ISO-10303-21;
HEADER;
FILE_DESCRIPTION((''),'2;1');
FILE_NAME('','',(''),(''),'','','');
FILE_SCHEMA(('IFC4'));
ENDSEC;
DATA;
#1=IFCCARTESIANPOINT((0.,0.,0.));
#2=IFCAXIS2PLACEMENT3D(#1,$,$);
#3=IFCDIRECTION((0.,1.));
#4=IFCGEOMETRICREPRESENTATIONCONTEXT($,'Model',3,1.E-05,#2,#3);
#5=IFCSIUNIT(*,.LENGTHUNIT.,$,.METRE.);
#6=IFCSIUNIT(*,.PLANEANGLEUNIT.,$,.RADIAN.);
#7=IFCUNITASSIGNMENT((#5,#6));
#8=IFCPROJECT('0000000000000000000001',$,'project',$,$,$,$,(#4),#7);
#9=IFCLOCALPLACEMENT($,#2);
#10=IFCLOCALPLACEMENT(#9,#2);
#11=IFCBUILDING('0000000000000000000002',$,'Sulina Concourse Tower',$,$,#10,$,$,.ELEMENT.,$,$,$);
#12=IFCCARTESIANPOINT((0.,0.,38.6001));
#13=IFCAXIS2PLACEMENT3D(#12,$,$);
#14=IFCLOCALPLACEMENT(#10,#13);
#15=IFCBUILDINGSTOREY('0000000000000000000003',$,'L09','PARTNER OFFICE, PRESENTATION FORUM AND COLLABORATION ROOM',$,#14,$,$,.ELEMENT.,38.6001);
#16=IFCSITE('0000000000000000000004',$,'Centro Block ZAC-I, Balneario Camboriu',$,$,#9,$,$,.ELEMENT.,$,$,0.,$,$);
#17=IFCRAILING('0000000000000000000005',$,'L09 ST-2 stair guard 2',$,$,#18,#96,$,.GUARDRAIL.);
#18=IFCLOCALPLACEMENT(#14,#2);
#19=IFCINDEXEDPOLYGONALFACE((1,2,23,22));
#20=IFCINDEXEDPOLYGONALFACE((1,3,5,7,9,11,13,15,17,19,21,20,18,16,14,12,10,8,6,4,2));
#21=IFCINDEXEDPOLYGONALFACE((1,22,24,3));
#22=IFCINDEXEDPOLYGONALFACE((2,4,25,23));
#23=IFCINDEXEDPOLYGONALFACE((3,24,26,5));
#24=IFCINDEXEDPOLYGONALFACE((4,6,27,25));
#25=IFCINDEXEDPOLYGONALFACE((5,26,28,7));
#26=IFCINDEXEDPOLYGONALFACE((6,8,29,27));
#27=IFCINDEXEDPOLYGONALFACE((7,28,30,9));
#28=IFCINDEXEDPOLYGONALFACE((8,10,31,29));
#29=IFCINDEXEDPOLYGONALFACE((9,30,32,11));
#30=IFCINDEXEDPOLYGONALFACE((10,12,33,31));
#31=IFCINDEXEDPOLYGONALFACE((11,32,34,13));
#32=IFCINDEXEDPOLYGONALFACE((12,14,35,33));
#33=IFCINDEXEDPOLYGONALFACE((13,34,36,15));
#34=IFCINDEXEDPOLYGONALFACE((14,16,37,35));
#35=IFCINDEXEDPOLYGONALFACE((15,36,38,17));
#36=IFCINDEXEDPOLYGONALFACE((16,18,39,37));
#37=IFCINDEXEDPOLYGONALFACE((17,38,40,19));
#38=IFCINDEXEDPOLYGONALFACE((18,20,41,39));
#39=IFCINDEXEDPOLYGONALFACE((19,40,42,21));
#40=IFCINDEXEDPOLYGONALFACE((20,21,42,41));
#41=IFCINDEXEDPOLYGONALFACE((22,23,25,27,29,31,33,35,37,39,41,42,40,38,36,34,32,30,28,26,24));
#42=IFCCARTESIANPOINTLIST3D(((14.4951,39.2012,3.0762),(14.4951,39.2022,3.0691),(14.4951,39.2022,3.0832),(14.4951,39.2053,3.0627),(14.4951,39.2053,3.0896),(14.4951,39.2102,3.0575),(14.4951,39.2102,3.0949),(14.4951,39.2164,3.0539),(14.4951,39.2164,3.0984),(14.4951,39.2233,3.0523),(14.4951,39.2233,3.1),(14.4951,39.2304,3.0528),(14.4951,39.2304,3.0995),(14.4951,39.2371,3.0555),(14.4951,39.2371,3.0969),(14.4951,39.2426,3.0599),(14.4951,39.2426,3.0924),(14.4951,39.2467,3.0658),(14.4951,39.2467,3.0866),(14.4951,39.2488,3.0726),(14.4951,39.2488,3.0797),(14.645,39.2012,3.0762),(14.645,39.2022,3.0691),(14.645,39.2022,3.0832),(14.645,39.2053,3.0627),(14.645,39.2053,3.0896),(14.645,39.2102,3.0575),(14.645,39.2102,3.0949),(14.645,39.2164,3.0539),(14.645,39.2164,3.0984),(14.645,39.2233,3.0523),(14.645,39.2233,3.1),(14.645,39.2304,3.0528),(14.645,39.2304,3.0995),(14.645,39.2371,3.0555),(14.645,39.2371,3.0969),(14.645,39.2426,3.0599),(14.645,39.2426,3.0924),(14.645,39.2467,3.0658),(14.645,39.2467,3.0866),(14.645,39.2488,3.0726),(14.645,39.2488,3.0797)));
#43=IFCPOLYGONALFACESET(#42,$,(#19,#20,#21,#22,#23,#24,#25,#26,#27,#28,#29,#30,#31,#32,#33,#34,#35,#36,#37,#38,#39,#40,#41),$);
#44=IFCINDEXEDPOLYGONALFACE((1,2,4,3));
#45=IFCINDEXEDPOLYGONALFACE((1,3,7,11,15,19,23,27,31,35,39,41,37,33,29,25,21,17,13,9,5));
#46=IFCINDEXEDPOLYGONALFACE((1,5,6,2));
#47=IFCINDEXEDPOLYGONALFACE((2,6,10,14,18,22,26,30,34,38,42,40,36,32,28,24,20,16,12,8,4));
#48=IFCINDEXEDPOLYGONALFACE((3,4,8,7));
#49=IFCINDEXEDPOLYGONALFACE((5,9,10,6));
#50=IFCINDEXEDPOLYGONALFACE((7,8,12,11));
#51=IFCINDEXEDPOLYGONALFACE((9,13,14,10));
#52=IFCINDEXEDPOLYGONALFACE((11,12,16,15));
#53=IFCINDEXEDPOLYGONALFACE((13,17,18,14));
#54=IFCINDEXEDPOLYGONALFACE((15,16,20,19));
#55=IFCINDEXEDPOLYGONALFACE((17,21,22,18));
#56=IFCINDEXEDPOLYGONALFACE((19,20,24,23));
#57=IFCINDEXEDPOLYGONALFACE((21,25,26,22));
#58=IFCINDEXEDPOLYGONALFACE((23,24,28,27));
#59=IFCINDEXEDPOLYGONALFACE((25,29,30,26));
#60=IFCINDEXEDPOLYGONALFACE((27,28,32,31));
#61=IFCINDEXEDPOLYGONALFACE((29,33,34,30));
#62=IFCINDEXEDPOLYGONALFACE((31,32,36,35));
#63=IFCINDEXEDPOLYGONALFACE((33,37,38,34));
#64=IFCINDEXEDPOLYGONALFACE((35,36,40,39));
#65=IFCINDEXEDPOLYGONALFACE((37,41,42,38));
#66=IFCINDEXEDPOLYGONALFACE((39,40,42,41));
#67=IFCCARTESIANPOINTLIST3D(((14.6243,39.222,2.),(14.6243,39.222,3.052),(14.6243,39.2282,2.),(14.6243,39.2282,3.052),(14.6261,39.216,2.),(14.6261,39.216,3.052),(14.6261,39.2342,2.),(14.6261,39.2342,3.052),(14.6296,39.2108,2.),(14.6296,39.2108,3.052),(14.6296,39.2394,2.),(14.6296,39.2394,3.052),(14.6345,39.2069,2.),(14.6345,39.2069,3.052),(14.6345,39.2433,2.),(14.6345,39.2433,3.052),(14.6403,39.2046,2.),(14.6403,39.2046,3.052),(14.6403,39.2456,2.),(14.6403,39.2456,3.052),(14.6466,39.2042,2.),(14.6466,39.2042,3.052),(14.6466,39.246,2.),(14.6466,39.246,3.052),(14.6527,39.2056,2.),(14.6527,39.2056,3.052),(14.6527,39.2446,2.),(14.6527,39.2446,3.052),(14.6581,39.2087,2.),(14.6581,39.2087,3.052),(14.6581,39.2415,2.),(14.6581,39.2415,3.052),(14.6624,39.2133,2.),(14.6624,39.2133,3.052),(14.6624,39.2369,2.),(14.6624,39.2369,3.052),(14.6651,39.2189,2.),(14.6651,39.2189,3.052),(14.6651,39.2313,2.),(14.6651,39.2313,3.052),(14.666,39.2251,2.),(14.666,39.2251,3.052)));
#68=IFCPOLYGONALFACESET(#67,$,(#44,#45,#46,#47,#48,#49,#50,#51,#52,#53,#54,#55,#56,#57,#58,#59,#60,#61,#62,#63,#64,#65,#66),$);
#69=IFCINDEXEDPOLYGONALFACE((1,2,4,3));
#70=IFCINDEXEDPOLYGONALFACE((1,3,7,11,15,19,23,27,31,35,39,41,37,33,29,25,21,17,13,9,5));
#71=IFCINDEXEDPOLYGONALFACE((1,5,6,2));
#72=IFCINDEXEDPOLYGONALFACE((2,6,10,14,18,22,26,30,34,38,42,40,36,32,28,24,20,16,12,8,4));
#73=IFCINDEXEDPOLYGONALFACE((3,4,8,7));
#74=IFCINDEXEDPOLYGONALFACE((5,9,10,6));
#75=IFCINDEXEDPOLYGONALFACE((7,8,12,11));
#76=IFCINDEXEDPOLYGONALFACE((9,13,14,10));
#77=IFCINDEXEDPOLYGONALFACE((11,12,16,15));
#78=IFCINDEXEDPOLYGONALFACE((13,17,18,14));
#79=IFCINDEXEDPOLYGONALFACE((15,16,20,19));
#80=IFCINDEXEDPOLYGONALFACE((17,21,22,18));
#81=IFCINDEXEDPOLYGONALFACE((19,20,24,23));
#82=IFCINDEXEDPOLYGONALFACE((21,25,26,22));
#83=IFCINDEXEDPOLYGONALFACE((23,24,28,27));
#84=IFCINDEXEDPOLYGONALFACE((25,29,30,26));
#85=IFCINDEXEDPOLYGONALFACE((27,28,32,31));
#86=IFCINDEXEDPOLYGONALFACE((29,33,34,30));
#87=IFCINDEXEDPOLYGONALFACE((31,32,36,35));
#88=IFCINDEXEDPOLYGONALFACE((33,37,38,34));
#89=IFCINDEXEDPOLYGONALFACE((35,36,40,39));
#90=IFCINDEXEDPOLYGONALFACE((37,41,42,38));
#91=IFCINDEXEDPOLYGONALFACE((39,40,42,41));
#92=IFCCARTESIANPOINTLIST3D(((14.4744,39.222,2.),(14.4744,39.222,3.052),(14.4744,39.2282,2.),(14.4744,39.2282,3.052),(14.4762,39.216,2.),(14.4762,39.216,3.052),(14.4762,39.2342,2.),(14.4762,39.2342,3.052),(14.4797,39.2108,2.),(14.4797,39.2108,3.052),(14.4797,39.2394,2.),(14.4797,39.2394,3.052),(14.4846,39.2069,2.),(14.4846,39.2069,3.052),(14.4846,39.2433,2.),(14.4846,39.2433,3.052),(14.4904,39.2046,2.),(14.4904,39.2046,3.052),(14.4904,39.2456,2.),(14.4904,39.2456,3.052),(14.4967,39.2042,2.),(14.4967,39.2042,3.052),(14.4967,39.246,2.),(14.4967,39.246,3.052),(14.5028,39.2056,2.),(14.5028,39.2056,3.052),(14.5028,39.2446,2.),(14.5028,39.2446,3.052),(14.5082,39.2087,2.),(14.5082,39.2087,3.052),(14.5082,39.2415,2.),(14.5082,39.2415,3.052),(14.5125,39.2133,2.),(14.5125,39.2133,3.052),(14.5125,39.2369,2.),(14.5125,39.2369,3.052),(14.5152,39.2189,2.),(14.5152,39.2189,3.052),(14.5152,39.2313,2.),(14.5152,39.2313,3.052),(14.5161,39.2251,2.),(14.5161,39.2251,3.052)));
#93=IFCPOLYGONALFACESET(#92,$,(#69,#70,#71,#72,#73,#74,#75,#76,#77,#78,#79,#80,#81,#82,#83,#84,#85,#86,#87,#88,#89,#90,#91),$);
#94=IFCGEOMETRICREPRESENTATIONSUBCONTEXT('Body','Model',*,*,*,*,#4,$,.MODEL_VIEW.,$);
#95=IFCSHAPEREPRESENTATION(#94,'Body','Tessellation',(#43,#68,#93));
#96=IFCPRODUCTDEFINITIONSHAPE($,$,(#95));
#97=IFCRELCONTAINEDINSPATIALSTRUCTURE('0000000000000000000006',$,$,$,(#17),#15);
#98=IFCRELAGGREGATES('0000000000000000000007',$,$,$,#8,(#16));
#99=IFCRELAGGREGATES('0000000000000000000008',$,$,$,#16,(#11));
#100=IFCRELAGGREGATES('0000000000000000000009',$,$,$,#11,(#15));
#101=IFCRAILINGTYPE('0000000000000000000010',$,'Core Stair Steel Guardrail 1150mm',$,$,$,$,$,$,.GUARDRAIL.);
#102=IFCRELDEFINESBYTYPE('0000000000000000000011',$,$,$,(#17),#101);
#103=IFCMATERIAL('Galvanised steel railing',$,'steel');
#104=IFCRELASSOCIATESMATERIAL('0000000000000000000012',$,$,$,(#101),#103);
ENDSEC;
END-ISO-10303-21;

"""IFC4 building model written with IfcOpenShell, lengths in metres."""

from ifc_helpers import new_model, si_unit, direction, frame, origin, origin_2d, place, context, subcontext, project, spatial, circle, extrude, material, type_object, element, save


model = new_model("IFC4")

# Units and contexts
model_context = context("Model", 3, precision=1e-05, world=origin(), true_north=direction((0.0, 1.0)))
body_context = subcontext(model_context, "Body", "Model", "MODEL_VIEW")
ifc_project = project(units=[si_unit("LENGTHUNIT", "METRE"), si_unit("PLANEANGLEUNIT", "RADIAN")], contexts=[model_context])

# Site, building, storey
site_placement = place(None, origin())
site = spatial("IfcSite", under=ifc_project, at=site_placement, Name="Centro Block ZAC-I, Balneario Camboriu", CompositionType="ELEMENT", RefElevation=0.0)
building_placement = place(site_placement, origin())
building = spatial("IfcBuilding", under=site, at=building_placement, Name="Sulina Concourse Tower", CompositionType="ELEMENT")
storey_placement = place(building_placement, frame((0.0, 0.0, 38.6001)))
storey = spatial("IfcBuildingStorey", under=building, at=storey_placement, Name="L09", Description="PARTNER OFFICE, PRESENTATION FORUM AND COLLABORATION ROOM", CompositionType="ELEMENT", Elevation=38.6001)

# Railing
ifc_material_1 = material(Name="Galvanised steel railing", Category="steel")
railing_type_1 = type_object("IfcRailingType", Name="Core Stair Steel Guardrail 1150mm", PredefinedType="GUARDRAIL", material=ifc_material_1)
railing_1_placement = place(storey_placement, frame((14.645, 39.2251, 2.0)))
element("IfcRailing", 1, at=railing_1_placement, inside=storey, type_object=railing_type_1, Name="L09 ST-2 stair guard 2", PredefinedType="GUARDRAIL", context=body_context, shape_type="SweptSolid", body=[
    extrude(circle(Radius=0.0239, at=origin_2d()), frame((0.0, 0.0, 1.0762), z_axis=(-1.0, 0.0, 0.0), x_axis=(0.0, -1.0, 0.0)), (0.0, 0.0, 1.0), 0.1499),
    extrude(circle(Radius=0.021, at=origin_2d()), origin(), (0.0, 0.0, 1.0), 1.052),
    extrude(circle(Radius=0.021, at=origin_2d()), frame((-0.1499, 0.0, 0.0)), (0.0, 0.0, 1.0), 1.052),
])

save(model, "model.ifc")
